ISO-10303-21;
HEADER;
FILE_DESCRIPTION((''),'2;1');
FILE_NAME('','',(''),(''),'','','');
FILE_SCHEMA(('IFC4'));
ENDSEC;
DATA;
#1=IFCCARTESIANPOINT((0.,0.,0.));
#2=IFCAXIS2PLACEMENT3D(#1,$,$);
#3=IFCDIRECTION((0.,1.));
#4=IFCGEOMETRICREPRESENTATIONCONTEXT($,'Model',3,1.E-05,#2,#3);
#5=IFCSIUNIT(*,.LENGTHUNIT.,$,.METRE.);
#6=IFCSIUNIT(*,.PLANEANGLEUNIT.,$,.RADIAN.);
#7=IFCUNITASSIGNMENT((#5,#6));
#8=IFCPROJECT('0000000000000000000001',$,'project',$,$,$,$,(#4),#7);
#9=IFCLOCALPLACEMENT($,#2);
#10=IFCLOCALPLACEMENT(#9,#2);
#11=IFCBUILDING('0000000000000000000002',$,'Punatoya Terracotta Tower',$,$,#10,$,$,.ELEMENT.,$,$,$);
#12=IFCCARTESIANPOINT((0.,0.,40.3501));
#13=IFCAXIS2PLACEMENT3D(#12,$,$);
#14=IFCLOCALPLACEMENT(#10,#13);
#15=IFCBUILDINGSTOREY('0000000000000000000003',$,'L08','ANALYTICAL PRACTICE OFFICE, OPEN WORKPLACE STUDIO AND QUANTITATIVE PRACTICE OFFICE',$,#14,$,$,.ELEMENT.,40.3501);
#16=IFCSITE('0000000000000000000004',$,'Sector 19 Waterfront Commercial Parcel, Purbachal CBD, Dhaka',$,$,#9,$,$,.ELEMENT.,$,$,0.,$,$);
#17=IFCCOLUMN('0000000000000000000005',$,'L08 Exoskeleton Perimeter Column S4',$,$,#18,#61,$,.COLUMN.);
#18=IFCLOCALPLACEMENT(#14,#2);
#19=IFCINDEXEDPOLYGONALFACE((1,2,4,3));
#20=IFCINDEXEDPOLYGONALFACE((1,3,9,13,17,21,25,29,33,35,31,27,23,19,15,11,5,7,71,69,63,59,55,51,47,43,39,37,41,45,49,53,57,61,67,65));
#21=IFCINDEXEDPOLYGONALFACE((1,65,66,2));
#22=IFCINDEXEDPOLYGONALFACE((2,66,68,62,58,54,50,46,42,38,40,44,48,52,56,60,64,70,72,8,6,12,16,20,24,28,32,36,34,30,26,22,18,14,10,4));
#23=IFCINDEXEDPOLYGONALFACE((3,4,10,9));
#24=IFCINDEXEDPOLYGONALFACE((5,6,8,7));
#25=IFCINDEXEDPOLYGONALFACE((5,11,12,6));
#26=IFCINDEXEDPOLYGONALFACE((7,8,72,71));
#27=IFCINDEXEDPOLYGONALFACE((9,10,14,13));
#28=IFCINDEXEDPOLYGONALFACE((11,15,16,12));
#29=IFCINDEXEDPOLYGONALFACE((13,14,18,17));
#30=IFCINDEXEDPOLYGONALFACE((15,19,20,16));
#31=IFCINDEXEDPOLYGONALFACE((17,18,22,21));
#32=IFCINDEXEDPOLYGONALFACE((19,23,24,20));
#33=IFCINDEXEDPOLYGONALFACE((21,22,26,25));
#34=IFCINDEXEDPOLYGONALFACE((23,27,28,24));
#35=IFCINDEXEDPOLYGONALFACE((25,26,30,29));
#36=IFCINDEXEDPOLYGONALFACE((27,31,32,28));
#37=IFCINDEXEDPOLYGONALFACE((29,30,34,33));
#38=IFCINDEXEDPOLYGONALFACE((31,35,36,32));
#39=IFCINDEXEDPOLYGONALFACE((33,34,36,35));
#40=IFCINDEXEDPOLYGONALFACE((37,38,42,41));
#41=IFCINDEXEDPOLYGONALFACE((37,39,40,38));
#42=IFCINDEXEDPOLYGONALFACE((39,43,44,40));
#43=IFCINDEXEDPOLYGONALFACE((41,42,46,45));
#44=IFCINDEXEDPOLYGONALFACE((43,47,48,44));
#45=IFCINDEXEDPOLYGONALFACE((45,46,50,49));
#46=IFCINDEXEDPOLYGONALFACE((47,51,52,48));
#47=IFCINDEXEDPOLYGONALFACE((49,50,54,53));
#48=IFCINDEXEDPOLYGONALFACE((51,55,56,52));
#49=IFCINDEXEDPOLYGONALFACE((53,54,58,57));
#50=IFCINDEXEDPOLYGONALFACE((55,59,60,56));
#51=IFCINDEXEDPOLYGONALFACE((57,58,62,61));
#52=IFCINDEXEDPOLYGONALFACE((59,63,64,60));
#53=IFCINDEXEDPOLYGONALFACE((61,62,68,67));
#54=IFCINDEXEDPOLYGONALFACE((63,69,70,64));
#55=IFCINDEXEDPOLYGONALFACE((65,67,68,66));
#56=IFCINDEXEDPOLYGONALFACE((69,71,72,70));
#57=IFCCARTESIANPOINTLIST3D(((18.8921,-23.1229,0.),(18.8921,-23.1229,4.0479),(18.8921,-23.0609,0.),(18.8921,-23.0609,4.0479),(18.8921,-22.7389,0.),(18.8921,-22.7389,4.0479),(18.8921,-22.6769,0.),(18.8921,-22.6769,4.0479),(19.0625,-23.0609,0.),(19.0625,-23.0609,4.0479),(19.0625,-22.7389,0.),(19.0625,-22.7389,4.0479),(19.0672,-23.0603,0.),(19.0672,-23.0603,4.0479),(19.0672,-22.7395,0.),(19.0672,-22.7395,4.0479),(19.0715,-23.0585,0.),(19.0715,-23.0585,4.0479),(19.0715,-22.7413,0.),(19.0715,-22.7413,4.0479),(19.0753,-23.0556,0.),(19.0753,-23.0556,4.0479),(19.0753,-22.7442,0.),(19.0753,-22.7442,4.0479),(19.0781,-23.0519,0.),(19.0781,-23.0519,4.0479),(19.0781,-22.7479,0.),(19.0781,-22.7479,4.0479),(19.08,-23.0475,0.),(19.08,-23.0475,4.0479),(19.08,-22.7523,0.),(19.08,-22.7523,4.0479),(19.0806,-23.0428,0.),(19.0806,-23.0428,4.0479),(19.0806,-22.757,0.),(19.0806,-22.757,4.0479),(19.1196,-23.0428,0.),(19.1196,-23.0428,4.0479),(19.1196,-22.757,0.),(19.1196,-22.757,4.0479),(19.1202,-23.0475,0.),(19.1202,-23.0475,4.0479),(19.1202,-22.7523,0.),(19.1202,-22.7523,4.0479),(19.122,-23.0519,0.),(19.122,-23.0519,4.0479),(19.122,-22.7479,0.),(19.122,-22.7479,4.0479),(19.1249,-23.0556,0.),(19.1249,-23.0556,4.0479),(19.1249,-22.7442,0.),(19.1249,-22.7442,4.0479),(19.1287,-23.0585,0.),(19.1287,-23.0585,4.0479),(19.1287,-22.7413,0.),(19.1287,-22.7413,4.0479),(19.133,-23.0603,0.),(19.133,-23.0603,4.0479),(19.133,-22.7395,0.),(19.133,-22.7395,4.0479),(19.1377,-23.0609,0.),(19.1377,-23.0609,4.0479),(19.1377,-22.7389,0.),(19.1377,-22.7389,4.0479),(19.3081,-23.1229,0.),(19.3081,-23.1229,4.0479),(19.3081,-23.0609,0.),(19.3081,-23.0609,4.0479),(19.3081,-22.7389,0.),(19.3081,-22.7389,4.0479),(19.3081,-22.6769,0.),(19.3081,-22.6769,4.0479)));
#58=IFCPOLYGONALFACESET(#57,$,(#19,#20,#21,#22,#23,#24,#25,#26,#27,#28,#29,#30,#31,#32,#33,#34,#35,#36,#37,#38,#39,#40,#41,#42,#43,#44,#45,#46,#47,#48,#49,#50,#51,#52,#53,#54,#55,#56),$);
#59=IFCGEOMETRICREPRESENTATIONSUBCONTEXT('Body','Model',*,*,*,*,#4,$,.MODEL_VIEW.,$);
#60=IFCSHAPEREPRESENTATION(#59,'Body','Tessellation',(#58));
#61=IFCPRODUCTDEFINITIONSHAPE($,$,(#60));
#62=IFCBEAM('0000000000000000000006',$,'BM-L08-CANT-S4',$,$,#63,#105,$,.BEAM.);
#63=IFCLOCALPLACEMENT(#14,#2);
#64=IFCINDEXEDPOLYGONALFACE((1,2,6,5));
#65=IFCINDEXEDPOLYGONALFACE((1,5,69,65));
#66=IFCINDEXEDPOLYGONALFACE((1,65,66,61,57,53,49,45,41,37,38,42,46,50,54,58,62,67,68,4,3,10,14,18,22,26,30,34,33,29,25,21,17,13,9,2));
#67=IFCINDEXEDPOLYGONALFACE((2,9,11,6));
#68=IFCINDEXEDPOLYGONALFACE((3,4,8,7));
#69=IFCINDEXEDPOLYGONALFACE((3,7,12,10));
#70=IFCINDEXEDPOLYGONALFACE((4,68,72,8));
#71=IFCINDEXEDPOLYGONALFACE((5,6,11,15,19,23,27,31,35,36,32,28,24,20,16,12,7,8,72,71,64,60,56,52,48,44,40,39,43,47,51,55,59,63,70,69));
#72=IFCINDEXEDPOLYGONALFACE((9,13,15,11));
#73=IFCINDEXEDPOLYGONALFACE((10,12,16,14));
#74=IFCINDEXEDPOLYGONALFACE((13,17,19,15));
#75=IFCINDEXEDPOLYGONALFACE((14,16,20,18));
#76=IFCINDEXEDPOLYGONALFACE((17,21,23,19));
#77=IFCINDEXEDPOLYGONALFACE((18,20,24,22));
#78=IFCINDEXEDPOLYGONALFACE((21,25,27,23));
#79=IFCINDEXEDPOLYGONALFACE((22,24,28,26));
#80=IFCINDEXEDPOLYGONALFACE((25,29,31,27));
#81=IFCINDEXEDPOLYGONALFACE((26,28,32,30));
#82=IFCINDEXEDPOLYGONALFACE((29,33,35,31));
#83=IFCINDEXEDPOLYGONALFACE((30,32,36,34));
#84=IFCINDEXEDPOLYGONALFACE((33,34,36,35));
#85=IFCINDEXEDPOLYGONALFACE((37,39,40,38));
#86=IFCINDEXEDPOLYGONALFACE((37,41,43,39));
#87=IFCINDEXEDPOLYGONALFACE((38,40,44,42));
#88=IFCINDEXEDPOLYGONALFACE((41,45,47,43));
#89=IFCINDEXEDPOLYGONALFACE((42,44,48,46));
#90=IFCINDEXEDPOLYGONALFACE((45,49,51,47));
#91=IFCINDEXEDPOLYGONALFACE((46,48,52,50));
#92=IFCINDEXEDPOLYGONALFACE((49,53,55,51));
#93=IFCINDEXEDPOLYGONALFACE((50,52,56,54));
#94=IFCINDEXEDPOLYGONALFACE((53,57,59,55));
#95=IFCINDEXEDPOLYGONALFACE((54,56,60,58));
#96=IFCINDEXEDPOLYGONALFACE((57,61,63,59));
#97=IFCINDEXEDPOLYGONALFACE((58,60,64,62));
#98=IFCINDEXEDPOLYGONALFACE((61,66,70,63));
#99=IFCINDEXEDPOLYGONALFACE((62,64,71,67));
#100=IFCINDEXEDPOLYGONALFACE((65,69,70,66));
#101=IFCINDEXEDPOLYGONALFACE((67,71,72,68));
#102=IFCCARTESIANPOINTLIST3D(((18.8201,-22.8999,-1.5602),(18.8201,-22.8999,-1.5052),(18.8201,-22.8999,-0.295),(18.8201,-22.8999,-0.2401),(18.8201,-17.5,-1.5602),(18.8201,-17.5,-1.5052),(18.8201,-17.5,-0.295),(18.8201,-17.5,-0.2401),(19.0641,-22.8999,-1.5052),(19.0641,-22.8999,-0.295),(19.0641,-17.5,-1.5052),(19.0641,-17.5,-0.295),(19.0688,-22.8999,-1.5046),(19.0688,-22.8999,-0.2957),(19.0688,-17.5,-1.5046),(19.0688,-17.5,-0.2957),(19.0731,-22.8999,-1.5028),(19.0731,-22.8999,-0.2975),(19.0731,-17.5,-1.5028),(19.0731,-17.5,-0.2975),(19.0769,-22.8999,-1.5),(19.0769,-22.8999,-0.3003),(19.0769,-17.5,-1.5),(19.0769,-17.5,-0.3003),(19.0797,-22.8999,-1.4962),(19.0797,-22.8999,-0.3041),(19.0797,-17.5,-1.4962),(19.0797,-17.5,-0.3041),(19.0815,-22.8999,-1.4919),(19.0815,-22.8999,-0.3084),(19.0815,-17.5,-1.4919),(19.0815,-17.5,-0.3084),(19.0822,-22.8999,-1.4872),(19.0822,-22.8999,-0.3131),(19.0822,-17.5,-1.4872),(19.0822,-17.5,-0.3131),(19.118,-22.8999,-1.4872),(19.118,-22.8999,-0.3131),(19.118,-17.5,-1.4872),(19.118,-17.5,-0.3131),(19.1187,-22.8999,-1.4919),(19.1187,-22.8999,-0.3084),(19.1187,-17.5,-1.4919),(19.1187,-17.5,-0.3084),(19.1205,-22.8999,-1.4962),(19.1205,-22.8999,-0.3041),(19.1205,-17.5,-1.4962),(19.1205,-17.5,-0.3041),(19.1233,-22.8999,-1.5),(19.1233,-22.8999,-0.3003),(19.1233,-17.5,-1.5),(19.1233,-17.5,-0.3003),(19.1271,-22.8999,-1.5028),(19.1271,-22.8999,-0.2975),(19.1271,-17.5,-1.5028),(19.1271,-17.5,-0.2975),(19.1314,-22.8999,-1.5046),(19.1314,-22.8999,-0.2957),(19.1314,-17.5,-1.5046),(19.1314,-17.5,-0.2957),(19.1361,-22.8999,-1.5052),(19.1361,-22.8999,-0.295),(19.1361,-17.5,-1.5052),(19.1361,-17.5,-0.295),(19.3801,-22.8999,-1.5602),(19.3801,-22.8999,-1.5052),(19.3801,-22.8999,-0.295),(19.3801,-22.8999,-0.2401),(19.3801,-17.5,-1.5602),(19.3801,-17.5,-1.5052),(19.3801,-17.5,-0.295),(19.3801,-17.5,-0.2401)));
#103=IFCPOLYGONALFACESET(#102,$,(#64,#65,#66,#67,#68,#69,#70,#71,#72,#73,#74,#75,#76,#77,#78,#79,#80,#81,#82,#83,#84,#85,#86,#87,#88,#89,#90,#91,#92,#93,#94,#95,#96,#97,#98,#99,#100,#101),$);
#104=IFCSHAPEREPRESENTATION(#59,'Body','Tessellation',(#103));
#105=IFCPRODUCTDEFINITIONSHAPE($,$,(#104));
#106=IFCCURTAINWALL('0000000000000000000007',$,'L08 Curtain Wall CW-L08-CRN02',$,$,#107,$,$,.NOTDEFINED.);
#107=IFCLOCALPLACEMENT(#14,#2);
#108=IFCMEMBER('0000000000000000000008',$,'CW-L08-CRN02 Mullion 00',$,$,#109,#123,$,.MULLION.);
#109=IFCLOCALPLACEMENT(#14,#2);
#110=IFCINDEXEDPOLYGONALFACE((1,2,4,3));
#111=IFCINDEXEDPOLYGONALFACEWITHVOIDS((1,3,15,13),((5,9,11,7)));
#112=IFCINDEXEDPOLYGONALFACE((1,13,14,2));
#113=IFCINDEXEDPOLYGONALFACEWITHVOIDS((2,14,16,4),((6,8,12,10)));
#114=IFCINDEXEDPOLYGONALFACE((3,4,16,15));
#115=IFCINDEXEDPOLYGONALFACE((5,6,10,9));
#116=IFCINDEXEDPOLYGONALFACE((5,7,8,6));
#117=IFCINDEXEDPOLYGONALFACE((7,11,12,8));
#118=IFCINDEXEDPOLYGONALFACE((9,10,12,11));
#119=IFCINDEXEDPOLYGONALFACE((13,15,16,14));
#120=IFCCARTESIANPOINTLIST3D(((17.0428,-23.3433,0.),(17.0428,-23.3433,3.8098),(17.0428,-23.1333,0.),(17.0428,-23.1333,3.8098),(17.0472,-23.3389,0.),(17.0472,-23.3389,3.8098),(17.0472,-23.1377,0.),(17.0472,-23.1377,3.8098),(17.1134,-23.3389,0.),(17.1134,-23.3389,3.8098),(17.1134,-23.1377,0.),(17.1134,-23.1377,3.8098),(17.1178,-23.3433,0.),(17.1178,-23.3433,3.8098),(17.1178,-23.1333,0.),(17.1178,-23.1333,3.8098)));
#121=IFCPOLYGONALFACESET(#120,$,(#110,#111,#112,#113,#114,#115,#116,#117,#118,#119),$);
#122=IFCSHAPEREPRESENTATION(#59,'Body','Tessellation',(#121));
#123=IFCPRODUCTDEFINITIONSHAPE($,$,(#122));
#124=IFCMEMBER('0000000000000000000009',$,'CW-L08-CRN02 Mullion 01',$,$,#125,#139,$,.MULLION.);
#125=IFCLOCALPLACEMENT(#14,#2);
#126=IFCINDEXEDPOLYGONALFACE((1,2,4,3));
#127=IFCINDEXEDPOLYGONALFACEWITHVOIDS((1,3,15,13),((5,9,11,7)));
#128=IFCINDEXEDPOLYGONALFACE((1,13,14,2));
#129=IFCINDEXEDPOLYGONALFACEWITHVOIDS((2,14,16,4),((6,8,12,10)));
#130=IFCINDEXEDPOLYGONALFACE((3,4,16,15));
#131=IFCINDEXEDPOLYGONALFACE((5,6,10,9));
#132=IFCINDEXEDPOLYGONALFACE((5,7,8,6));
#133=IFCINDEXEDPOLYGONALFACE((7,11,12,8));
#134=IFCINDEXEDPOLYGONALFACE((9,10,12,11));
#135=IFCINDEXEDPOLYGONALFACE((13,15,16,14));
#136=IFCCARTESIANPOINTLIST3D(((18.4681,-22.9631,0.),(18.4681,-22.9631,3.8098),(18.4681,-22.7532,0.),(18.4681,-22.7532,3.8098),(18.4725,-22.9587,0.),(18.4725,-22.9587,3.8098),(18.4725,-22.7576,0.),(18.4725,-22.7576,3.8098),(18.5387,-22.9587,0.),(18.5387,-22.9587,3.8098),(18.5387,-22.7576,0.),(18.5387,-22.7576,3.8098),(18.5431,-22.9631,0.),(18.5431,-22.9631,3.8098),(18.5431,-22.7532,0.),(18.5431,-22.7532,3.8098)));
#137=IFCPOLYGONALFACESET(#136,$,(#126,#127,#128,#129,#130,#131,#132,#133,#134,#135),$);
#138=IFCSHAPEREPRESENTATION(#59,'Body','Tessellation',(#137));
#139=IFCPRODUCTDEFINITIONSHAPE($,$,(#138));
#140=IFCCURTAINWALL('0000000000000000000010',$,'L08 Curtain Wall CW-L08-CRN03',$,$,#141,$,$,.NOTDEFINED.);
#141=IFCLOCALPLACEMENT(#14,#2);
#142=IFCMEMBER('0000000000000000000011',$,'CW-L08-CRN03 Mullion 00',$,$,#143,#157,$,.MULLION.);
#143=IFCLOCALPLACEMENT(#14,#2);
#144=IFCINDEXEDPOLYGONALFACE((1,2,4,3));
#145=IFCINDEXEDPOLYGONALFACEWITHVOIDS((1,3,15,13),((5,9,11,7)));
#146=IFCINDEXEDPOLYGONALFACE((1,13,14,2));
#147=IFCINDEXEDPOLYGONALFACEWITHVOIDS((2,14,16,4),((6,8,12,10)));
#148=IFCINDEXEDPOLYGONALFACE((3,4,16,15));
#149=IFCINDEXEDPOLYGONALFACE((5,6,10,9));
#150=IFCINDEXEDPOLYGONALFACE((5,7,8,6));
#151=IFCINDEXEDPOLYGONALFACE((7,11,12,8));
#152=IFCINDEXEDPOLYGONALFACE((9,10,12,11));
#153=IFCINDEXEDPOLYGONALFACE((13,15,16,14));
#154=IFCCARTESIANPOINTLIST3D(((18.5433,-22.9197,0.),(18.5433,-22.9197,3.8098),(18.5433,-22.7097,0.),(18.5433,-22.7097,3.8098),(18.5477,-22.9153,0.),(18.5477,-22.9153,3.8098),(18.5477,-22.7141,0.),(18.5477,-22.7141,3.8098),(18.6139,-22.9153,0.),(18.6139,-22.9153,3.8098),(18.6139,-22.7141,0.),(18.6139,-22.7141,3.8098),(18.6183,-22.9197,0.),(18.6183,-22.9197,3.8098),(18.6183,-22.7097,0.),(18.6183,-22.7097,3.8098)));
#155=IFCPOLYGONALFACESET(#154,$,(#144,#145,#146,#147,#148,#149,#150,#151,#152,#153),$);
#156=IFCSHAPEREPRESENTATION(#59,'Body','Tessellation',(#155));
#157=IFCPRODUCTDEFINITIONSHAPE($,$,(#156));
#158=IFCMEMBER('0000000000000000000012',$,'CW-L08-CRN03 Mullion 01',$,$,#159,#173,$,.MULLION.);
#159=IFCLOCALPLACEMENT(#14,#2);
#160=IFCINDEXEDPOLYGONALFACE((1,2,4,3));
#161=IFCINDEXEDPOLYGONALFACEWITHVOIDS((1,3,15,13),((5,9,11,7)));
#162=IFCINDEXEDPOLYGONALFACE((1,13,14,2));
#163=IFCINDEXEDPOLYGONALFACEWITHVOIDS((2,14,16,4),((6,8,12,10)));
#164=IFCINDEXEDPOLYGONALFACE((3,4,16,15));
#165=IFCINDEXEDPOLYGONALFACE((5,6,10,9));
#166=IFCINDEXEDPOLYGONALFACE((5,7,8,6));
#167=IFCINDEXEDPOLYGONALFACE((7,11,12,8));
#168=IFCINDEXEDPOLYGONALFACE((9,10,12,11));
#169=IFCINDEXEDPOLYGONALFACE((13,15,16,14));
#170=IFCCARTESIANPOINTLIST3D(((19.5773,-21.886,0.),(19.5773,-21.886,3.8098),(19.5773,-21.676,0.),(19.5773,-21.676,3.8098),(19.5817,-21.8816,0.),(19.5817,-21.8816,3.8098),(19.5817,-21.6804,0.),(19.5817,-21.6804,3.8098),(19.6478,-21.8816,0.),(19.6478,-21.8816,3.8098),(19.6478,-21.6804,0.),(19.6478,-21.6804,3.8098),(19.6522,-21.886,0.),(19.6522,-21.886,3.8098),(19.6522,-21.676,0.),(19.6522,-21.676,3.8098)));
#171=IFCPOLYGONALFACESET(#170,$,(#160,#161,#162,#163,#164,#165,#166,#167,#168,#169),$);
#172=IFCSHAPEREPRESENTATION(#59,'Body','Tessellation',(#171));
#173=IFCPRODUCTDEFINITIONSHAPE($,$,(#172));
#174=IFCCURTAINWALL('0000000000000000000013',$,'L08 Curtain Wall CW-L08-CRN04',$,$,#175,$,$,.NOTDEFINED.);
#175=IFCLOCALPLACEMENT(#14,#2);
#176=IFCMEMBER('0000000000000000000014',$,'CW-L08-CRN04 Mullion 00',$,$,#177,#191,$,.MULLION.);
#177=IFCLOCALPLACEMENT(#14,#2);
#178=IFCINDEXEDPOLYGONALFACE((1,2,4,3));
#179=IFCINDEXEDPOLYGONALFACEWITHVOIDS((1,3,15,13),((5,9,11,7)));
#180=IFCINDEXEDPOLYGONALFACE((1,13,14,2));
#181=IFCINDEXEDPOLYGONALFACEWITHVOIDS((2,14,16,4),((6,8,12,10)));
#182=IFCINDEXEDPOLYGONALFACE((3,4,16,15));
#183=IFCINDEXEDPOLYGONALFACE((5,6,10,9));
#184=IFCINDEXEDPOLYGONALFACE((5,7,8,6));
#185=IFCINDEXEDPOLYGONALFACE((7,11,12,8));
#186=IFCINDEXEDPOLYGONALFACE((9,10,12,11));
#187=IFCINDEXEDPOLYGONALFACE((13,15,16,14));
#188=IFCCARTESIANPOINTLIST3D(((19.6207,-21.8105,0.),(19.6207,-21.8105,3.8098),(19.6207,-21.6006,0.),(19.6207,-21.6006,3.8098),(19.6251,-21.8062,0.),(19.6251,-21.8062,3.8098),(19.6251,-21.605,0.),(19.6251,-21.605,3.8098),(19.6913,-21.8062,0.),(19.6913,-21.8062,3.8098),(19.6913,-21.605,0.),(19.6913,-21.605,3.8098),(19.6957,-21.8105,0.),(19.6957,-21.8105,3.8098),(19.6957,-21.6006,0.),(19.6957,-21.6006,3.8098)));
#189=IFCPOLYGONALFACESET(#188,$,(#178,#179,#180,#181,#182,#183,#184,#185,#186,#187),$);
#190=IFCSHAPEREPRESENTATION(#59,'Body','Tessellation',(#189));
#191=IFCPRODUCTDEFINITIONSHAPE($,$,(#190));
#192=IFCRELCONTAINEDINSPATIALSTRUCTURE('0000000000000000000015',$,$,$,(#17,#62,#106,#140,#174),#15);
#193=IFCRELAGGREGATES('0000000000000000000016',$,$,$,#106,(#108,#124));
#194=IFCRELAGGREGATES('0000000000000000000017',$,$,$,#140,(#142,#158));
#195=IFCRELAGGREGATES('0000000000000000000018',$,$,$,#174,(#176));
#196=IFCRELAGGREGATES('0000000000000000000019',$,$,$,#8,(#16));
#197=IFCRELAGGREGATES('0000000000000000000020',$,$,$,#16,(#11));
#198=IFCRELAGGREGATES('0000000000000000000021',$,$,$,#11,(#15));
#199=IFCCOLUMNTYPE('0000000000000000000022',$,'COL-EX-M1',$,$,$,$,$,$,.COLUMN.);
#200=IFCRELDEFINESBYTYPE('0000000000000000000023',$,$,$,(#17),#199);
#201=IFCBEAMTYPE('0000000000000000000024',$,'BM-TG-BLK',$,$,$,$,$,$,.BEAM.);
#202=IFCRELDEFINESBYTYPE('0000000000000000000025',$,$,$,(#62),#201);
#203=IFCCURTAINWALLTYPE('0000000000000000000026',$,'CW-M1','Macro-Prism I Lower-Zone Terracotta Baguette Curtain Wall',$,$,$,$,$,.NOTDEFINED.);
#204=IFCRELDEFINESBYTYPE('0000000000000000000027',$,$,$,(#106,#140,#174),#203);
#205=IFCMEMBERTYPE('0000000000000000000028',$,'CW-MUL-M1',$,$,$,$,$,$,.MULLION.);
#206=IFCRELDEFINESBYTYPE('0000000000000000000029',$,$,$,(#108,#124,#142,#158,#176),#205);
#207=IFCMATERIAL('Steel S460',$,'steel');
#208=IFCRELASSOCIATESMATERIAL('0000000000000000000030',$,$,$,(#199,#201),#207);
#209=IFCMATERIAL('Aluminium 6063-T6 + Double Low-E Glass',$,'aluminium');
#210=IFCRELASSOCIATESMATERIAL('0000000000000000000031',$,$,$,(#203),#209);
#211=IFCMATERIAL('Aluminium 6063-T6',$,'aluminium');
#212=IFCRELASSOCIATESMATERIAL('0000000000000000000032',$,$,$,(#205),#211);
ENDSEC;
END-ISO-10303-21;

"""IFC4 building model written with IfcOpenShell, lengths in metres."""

from ifc_helpers import new_model, si_unit, direction, frame, origin, origin_2d, place, context, subcontext, project, spatial, hollow_rectangle, i_section, extrude, material, material_profile, profile_set, type_object, element, aggregate, save


model = new_model("IFC4")

# Units and contexts
model_context = context("Model", 3, precision=1e-05, world=origin(), true_north=direction((0.0, 1.0)))
body_context = subcontext(model_context, "Body", "Model", "MODEL_VIEW")
ifc_project = project(units=[si_unit("LENGTHUNIT", "METRE"), si_unit("PLANEANGLEUNIT", "RADIAN")], contexts=[model_context])

# Site, building, storey
site_placement = place(None, origin())
site = spatial("IfcSite", under=ifc_project, at=site_placement, Name="Sector 19 Waterfront Commercial Parcel, Purbachal CBD, Dhaka", CompositionType="ELEMENT", RefElevation=0.0)
building_placement = place(site_placement, origin())
building = spatial("IfcBuilding", under=site, at=building_placement, Name="Punatoya Terracotta Tower", CompositionType="ELEMENT")
storey_placement = place(building_placement, frame((0.0, 0.0, 40.3501)))
storey = spatial("IfcBuildingStorey", under=building, at=storey_placement, Name="L08", Description="ANALYTICAL PRACTICE OFFICE, OPEN WORKPLACE STUDIO AND QUANTITATIVE PRACTICE OFFICE", CompositionType="ELEMENT", Elevation=40.3501)

# Column
ifc_material_1 = material(Name="Steel S460", Category="steel")
ifc_material_profile_1 = material_profile(ifc_material_1, i_section(OverallWidth=0.416, OverallDepth=0.446, WebThickness=0.0391, FlangeThickness=0.062, FilletRadius=0.0181, at=origin_2d()))
ifc_profile_set_1 = profile_set([ifc_material_profile_1], Name="Steel S460")
column_type = type_object("IfcColumnType", Name="COL-EX-M1", PredefinedType="COLUMN", material=ifc_profile_set_1)
column_placement = place(storey_placement, frame((19.1001, -22.8999, 0.0), z_axis=(0.0, 0.0, 1.0), x_axis=(1.0, 0.0, 0.0)))
element("IfcColumn", 1, at=column_placement, inside=storey, type_object=column_type, Name="L08 Exoskeleton Perimeter Column S4", PredefinedType="COLUMN", context=body_context, shape_type="SweptSolid", body=[
    extrude(i_section(OverallWidth=0.416, OverallDepth=0.446, WebThickness=0.0391, FlangeThickness=0.062, FilletRadius=0.0181, at=origin_2d()), origin(), (0.0, 0.0, 1.0), 4.0479),
])

# Beam
ifc_material_profile_2 = material_profile(ifc_material_1, i_section(OverallWidth=0.5601, OverallDepth=1.3201, WebThickness=0.0359, FlangeThickness=0.0549, FilletRadius=0.0181, at=origin_2d()))
ifc_profile_set_2 = profile_set([ifc_material_profile_2], Name="Steel S460")
beam_type = type_object("IfcBeamType", Name="BM-TG-BLK", PredefinedType="BEAM", material=ifc_profile_set_2)
beam_placement = place(storey_placement, frame((19.1001, -22.8999, -0.9001), z_axis=(0.0, 1.0, 0.0), x_axis=(-1.0, 0.0, 0.0)))
element("IfcBeam", 2, at=beam_placement, inside=storey, type_object=beam_type, Name="BM-L08-CANT-S4", PredefinedType="BEAM", context=body_context, shape_type="SweptSolid", body=[
    extrude(i_section(OverallWidth=0.5601, OverallDepth=1.3201, WebThickness=0.0359, FlangeThickness=0.0549, FilletRadius=0.0181, at=origin_2d()), origin(), (0.0, 0.0, 1.0), 5.3999),
])

# Curtain walls, members
ifc_material_2 = material(Name="Aluminium 6063-T6 + Double Low-E Glass", Category="aluminium")
curtain_wall_type = type_object("IfcCurtainWallType", Name="CW-M1", Description="Macro-Prism I Lower-Zone Terracotta Baguette Curtain Wall", PredefinedType="NOTDEFINED", material=ifc_material_2)
curtain_wall_1_placement = place(storey_placement, origin())
curtain_wall_1 = element("IfcCurtainWall", 3, at=curtain_wall_1_placement, inside=storey, type_object=curtain_wall_type, Name="L08 Curtain Wall CW-L08-CRN02", PredefinedType="NOTDEFINED")
ifc_material_3 = material(Name="Aluminium 6063-T6", Category="aluminium")
ifc_material_profile_3 = material_profile(ifc_material_3, hollow_rectangle(XDim=0.075, YDim=0.21, WallThickness=0.0044, at=origin_2d()))
ifc_profile_set_3 = profile_set([ifc_material_profile_3], Name="Aluminium 6063-T6")
member_type_1 = type_object("IfcMemberType", Name="CW-MUL-M1", PredefinedType="MULLION", material=ifc_profile_set_3)
member_1_placement = place(storey_placement, frame((17.0803, -23.2383, 0.0), z_axis=(0.0, 0.0, 1.0), x_axis=(1.0, 0.0, 0.0)))
member_1 = element("IfcMember", 4, at=member_1_placement, type_object=member_type_1, Name="CW-L08-CRN02 Mullion 00", PredefinedType="MULLION", context=body_context, shape_type="SweptSolid", body=[
    extrude(hollow_rectangle(XDim=0.075, YDim=0.21, WallThickness=0.0044, at=origin_2d()), origin(), (0.0, 0.0, 1.0), 3.8098),
])
member_2_placement = place(storey_placement, frame((18.5056, -22.8582, 0.0), z_axis=(0.0, 0.0, 1.0), x_axis=(1.0, 0.0, 0.0)))
member_2 = element("IfcMember", 5, at=member_2_placement, type_object=member_type_1, Name="CW-L08-CRN02 Mullion 01", PredefinedType="MULLION", context=body_context, shape_type="SweptSolid", body=[
    extrude(hollow_rectangle(XDim=0.075, YDim=0.21, WallThickness=0.0044, at=origin_2d()), origin(), (0.0, 0.0, 1.0), 3.8098),
])
curtain_wall_2_placement = place(storey_placement, origin())
curtain_wall_2 = element("IfcCurtainWall", 6, at=curtain_wall_2_placement, inside=storey, type_object=curtain_wall_type, Name="L08 Curtain Wall CW-L08-CRN03", PredefinedType="NOTDEFINED")
member_3_placement = place(storey_placement, frame((18.5808, -22.8147, 0.0), z_axis=(0.0, 0.0, 1.0), x_axis=(1.0, 0.0, 0.0)))
member_3 = element("IfcMember", 7, at=member_3_placement, type_object=member_type_1, Name="CW-L08-CRN03 Mullion 00", PredefinedType="MULLION", context=body_context, shape_type="SweptSolid", body=[
    extrude(hollow_rectangle(XDim=0.075, YDim=0.21, WallThickness=0.0044, at=origin_2d()), origin(), (0.0, 0.0, 1.0), 3.8098),
])
member_4_placement = place(storey_placement, frame((19.6147, -21.781, 0.0), z_axis=(0.0, 0.0, 1.0), x_axis=(1.0, 0.0, 0.0)))
member_4 = element("IfcMember", 8, at=member_4_placement, type_object=member_type_1, Name="CW-L08-CRN03 Mullion 01", PredefinedType="MULLION", context=body_context, shape_type="SweptSolid", body=[
    extrude(hollow_rectangle(XDim=0.075, YDim=0.21, WallThickness=0.0044, at=origin_2d()), origin(), (0.0, 0.0, 1.0), 3.8098),
])
curtain_wall_3_placement = place(storey_placement, origin())
curtain_wall_3 = element("IfcCurtainWall", 9, at=curtain_wall_3_placement, inside=storey, type_object=curtain_wall_type, Name="L08 Curtain Wall CW-L08-CRN04", PredefinedType="NOTDEFINED")
member_5_placement = place(storey_placement, frame((19.6582, -21.7056, 0.0), z_axis=(0.0, 0.0, 1.0), x_axis=(1.0, 0.0, 0.0)))
member_5 = element("IfcMember", 10, at=member_5_placement, type_object=member_type_1, Name="CW-L08-CRN04 Mullion 00", PredefinedType="MULLION", context=body_context, shape_type="SweptSolid", body=[
    extrude(hollow_rectangle(XDim=0.075, YDim=0.21, WallThickness=0.0044, at=origin_2d()), origin(), (0.0, 0.0, 1.0), 3.8098),
])

aggregate(curtain_wall_1, [member_1, member_2])
aggregate(curtain_wall_2, [member_3, member_4])
aggregate(curtain_wall_3, [member_5])

save(model, "model.ifc")
